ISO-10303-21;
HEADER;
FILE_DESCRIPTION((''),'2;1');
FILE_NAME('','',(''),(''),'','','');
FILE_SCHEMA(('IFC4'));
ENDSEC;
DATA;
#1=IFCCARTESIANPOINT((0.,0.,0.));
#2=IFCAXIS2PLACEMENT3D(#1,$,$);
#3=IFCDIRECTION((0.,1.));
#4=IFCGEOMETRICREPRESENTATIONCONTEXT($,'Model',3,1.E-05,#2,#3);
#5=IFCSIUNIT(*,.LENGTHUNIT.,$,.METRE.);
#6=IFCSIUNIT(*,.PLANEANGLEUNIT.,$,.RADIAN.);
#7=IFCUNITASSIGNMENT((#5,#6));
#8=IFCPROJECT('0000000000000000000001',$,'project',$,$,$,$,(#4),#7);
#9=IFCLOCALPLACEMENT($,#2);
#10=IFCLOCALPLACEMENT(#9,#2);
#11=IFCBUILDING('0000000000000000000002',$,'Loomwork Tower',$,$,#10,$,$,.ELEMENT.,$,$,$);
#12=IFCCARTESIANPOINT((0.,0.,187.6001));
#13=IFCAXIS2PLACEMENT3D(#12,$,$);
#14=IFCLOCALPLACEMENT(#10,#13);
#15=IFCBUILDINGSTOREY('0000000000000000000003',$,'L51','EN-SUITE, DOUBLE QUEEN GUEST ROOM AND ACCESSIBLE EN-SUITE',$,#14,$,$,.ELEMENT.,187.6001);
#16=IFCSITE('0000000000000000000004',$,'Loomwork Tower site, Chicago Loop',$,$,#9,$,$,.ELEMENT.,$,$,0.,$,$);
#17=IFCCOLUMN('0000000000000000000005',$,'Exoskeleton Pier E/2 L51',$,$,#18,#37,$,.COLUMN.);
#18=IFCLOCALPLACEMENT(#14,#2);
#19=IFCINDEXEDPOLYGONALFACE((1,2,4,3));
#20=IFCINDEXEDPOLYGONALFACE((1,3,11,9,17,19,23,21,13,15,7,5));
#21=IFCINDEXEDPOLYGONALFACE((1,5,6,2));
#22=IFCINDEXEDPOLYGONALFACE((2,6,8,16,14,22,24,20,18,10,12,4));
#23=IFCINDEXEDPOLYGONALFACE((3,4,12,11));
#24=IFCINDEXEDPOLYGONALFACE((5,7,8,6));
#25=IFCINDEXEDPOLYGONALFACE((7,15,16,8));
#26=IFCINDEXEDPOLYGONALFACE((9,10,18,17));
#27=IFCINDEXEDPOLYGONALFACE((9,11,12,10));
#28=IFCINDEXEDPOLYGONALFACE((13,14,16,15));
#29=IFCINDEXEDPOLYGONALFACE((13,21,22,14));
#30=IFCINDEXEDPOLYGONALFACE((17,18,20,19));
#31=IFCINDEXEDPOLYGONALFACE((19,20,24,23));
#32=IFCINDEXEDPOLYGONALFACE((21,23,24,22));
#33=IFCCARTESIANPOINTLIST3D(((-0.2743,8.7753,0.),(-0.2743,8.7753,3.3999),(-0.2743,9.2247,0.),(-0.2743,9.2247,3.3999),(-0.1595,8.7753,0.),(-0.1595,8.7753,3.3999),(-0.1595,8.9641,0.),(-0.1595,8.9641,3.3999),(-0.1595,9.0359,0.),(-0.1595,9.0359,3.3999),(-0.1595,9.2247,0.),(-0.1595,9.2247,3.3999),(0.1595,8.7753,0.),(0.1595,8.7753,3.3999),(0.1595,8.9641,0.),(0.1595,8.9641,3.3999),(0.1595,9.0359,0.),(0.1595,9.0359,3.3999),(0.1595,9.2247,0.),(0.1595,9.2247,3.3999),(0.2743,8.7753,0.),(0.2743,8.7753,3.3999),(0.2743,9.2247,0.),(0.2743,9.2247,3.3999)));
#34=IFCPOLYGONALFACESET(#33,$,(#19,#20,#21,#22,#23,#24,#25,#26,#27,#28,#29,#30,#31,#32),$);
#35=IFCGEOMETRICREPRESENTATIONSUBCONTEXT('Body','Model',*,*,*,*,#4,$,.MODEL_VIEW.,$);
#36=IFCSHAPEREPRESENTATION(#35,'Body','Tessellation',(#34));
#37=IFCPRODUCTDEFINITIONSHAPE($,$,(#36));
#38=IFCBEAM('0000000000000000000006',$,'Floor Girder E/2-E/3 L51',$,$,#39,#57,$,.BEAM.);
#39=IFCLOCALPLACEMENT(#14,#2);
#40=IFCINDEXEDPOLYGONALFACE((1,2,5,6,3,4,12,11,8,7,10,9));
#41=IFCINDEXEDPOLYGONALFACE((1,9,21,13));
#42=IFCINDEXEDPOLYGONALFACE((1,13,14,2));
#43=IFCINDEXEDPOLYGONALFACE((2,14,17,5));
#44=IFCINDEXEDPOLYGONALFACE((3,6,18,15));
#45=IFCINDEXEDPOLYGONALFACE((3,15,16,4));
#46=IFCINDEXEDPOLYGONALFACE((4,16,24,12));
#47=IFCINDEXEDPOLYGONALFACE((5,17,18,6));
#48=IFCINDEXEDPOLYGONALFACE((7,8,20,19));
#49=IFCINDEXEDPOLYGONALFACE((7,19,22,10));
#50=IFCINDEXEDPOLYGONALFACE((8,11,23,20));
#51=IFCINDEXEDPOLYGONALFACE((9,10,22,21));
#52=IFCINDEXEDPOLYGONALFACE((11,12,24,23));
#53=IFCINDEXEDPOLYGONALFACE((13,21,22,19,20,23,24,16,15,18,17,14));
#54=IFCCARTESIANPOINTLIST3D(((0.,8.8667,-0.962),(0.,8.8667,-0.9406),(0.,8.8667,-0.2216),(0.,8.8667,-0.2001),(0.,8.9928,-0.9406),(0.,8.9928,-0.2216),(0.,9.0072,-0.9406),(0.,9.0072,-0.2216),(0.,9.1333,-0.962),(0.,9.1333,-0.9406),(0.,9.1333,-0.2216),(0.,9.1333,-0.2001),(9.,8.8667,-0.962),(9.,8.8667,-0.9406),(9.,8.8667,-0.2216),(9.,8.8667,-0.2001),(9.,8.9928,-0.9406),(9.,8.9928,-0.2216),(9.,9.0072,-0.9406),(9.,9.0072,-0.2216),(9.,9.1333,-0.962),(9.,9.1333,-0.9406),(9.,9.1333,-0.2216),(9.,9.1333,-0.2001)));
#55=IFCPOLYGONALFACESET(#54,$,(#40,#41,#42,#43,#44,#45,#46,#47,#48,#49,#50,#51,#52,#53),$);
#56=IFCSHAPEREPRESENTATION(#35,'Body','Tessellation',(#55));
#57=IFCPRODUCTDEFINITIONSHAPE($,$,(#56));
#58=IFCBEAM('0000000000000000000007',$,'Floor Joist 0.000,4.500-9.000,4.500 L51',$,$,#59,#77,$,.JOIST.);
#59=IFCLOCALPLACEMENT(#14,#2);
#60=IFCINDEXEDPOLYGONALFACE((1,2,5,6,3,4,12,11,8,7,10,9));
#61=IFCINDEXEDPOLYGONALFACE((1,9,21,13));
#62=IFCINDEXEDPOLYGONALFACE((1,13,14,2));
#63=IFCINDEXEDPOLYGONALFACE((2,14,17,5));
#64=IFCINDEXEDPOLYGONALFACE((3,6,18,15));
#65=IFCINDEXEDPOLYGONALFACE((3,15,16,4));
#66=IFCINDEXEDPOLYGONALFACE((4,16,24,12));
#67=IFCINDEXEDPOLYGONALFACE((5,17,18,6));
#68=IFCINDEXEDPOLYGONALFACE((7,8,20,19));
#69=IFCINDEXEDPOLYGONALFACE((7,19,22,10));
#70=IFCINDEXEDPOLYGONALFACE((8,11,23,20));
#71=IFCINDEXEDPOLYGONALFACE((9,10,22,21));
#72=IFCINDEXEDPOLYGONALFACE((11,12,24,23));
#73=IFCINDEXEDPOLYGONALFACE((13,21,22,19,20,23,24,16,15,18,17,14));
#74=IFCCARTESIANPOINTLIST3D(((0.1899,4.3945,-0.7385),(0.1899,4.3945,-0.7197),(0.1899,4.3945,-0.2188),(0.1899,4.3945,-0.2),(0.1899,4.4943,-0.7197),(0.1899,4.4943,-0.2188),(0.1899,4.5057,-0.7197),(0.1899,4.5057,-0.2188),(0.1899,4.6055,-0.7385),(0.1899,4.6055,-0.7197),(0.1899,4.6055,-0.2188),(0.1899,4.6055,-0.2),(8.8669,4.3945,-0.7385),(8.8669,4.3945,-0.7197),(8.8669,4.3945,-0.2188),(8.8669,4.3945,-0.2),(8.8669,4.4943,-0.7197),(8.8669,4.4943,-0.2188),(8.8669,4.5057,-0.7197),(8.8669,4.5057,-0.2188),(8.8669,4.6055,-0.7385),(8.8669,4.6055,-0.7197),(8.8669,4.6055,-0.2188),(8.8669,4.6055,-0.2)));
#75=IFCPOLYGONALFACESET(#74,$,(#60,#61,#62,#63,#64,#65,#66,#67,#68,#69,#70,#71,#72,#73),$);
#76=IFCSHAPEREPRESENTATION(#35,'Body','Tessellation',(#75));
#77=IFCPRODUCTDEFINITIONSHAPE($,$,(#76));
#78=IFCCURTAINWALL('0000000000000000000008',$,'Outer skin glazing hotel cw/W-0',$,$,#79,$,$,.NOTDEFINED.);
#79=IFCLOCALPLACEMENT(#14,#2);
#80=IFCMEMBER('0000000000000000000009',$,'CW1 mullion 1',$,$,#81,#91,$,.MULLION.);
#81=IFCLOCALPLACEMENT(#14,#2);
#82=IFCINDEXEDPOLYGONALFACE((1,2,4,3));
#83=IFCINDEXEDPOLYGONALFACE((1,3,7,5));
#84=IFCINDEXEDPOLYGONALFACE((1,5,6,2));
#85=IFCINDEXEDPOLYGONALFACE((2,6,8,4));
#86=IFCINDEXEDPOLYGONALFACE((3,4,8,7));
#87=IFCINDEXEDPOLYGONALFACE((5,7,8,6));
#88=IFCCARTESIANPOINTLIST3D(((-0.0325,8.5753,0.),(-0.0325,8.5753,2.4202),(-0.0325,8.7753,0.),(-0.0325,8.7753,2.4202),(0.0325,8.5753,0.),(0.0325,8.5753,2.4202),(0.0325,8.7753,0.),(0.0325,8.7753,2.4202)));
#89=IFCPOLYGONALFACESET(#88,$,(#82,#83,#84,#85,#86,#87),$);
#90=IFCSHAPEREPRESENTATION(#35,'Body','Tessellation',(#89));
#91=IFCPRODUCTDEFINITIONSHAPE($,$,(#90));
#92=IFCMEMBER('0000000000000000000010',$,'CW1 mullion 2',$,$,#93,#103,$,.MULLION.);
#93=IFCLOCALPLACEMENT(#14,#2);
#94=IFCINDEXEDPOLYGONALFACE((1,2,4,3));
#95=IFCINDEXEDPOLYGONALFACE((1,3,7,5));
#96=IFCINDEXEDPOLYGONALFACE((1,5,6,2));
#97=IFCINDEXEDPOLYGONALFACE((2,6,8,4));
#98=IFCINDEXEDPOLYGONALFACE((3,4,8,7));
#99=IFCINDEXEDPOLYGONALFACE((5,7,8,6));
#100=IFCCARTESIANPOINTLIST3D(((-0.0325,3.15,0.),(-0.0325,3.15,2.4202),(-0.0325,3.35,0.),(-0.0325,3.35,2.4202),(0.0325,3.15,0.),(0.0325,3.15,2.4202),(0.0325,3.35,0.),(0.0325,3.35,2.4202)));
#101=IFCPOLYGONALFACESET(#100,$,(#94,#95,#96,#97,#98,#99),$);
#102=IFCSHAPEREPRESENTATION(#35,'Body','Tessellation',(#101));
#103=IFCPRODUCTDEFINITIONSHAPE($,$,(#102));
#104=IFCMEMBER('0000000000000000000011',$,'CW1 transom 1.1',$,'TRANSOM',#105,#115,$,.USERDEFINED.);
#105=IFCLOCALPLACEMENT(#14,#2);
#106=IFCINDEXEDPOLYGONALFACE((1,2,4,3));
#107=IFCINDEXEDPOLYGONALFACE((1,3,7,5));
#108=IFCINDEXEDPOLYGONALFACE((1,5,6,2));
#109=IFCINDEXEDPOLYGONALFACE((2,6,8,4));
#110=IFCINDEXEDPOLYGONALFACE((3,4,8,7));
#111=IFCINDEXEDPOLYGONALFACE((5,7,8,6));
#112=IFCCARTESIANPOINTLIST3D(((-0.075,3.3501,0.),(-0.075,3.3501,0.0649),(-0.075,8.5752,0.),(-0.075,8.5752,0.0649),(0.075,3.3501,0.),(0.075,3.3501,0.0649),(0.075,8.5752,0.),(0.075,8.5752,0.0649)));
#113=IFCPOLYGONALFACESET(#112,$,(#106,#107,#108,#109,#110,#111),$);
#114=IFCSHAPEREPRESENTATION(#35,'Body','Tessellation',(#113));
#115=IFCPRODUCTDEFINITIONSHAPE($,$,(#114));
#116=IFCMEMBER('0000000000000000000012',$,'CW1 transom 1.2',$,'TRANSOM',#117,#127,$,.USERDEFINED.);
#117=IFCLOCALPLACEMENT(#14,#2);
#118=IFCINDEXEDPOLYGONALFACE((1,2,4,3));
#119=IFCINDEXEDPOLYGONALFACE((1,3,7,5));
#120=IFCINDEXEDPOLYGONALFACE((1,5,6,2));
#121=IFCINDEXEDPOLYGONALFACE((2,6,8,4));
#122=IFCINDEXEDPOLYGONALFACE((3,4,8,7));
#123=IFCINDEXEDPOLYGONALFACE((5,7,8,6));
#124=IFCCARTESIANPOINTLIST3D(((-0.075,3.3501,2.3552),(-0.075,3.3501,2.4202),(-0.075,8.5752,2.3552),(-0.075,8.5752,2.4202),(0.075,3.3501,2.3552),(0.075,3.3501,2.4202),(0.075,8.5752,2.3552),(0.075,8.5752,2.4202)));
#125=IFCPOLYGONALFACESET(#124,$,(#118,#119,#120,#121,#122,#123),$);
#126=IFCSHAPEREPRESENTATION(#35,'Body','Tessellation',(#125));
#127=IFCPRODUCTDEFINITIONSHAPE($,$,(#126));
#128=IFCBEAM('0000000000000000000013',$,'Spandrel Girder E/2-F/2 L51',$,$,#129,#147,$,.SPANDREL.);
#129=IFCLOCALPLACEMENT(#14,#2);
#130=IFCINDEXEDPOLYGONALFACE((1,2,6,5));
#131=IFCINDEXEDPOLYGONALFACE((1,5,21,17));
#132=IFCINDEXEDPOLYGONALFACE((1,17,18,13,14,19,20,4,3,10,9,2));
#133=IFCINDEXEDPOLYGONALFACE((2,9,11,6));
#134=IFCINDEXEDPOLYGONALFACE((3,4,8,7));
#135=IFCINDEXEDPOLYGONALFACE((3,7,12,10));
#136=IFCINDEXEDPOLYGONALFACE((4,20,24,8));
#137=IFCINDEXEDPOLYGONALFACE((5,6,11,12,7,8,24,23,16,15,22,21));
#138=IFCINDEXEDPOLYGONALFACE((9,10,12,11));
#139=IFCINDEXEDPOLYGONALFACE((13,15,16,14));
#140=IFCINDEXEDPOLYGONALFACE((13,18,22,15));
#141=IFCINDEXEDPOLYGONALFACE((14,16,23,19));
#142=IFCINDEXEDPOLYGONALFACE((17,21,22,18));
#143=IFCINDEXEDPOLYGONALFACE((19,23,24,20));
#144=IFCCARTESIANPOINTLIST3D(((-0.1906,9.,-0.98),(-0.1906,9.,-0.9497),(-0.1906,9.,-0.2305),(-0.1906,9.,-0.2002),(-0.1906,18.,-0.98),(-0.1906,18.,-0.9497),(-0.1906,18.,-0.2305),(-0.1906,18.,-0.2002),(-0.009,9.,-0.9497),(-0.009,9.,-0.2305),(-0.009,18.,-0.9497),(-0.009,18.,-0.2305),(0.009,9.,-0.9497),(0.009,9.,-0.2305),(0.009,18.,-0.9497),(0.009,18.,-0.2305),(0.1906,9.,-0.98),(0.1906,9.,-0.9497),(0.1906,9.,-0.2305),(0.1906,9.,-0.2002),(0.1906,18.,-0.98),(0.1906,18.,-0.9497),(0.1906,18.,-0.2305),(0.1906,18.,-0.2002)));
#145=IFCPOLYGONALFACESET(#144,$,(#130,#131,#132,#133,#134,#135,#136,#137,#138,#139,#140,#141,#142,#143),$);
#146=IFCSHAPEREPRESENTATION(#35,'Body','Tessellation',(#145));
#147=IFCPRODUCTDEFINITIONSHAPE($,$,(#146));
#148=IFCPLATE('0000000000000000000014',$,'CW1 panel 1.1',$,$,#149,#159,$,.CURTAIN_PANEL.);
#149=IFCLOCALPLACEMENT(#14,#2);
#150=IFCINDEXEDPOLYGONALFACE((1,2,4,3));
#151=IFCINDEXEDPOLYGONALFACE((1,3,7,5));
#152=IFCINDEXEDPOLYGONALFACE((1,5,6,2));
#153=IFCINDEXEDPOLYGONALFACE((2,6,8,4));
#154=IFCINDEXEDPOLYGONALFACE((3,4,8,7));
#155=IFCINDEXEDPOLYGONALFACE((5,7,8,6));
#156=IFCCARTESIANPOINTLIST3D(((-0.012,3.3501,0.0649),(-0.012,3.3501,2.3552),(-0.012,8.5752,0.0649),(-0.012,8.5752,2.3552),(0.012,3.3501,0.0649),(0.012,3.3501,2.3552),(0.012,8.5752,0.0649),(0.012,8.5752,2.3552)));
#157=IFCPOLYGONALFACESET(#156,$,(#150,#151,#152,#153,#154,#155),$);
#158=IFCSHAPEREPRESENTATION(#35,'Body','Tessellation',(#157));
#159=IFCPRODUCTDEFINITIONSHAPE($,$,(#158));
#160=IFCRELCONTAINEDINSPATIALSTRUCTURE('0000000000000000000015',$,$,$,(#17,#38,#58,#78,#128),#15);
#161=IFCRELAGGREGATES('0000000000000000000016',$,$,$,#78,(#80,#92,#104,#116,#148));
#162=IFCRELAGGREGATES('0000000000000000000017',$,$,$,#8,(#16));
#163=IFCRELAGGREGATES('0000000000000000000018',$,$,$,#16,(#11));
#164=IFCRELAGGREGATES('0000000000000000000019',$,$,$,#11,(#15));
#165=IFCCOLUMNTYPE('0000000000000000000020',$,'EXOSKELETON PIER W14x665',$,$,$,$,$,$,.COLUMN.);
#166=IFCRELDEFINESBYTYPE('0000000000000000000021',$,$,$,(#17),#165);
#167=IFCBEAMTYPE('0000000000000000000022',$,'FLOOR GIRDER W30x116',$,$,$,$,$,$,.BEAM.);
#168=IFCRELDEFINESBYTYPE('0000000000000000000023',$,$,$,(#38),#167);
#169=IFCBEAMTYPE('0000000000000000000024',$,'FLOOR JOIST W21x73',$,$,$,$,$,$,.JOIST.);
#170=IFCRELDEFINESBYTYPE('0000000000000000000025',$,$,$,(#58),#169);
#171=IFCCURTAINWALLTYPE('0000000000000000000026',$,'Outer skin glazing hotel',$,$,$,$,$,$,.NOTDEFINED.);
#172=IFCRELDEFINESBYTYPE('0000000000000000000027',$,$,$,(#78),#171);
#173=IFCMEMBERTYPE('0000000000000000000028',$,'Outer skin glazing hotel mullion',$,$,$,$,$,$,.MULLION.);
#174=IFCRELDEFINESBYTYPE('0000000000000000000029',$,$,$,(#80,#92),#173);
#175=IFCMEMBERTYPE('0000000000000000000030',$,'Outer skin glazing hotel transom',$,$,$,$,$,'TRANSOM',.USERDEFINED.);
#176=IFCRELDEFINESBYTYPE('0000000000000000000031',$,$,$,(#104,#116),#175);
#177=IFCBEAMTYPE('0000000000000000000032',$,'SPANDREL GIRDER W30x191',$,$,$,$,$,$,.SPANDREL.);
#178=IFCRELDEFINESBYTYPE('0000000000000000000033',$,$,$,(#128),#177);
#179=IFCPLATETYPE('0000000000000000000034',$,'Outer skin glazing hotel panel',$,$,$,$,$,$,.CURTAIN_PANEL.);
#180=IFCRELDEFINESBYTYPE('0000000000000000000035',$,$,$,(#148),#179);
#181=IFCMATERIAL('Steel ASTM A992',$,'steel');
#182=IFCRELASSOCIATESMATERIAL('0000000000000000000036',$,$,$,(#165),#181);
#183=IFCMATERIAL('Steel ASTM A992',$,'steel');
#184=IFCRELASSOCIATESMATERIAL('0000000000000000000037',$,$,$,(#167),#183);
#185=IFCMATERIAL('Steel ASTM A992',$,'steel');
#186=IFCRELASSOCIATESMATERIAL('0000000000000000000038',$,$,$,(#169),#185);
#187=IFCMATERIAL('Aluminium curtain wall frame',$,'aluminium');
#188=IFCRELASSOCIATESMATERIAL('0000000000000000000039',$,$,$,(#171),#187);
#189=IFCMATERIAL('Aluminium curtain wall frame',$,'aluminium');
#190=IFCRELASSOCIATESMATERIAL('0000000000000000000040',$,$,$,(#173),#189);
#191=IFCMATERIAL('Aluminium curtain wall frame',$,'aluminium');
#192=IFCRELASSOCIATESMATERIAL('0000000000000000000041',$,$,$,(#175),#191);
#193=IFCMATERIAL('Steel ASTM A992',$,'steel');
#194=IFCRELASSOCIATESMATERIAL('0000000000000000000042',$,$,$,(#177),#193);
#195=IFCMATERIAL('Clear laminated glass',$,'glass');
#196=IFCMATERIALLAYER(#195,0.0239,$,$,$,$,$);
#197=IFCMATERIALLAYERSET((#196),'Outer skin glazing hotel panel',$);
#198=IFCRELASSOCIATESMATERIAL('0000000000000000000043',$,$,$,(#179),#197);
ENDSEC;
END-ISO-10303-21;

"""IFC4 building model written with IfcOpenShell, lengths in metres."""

from ifc_helpers import new_model, si_unit, direction, frame, origin, origin_2d, place, context, subcontext, project, spatial, rectangle, i_section, extrude, material, layer, layer_set, material_profile, profile_set, type_object, element, aggregate, save


model = new_model("IFC4")

# Units and contexts
model_context = context("Model", 3, precision=1e-05, world=origin(), true_north=direction((0.0, 1.0)))
body_context = subcontext(model_context, "Body", "Model", "MODEL_VIEW")
ifc_project = project(units=[si_unit("LENGTHUNIT", "METRE"), si_unit("PLANEANGLEUNIT", "RADIAN")], contexts=[model_context])

# Site, building, storey
site_placement = place(None, origin())
site = spatial("IfcSite", under=ifc_project, at=site_placement, Name="Loomwork Tower site, Chicago Loop", CompositionType="ELEMENT", RefElevation=0.0)
building_placement = place(site_placement, origin())
building = spatial("IfcBuilding", under=site, at=building_placement, Name="Loomwork Tower", CompositionType="ELEMENT")
storey_placement = place(building_placement, frame((0.0, 0.0, 187.6001)))
storey = spatial("IfcBuildingStorey", under=building, at=storey_placement, Name="L51", Description="EN-SUITE, DOUBLE QUEEN GUEST ROOM AND ACCESSIBLE EN-SUITE", CompositionType="ELEMENT", Elevation=187.6001)

# Column
ifc_material_1 = material(Name="Steel ASTM A992", Category="steel")
ifc_material_profile_1 = material_profile(ifc_material_1, i_section(OverallWidth=0.4495, OverallDepth=0.5486, WebThickness=0.0718, FlangeThickness=0.1147, at=origin_2d()), Name="W14x665")
ifc_profile_set_1 = profile_set([ifc_material_profile_1], Name="Steel ASTM A992")
column_type = type_object("IfcColumnType", Name="EXOSKELETON PIER W14x665", PredefinedType="COLUMN", material=ifc_profile_set_1)
column_placement = place(storey_placement, frame((0.0, 9.0, 0.0), z_axis=(0.0, 0.0, 1.0), x_axis=(0.0, 1.0, 0.0)))
element("IfcColumn", 1, at=column_placement, inside=storey, type_object=column_type, Name="Exoskeleton Pier E/2 L51", PredefinedType="COLUMN", context=body_context, shape_type="SweptSolid", body=[
    extrude(i_section(OverallWidth=0.4495, OverallDepth=0.5486, WebThickness=0.0718, FlangeThickness=0.1147, at=origin_2d()), origin(), (0.0, 0.0, 1.0), 3.3999),
])

# Beams
ifc_material_2 = material(Name="Steel ASTM A992", Category="steel")
ifc_material_profile_2 = material_profile(ifc_material_2, i_section(OverallWidth=0.2666, OverallDepth=0.762, WebThickness=0.0144, FlangeThickness=0.0215, at=origin_2d()), Name="W30x116")
ifc_profile_set_2 = profile_set([ifc_material_profile_2], Name="Steel ASTM A992")
beam_type_1 = type_object("IfcBeamType", Name="FLOOR GIRDER W30x116", PredefinedType="BEAM", material=ifc_profile_set_2)
beam_1_placement = place(storey_placement, frame((0.0, 9.0, -0.5811), z_axis=(1.0, 0.0, 0.0), x_axis=(0.0, 1.0, 0.0)))
element("IfcBeam", 2, at=beam_1_placement, inside=storey, type_object=beam_type_1, Name="Floor Girder E/2-E/3 L51", PredefinedType="BEAM", context=body_context, shape_type="SweptSolid", body=[
    extrude(i_section(OverallWidth=0.2666, OverallDepth=0.762, WebThickness=0.0144, FlangeThickness=0.0215, at=origin_2d()), origin(), (0.0, 0.0, 1.0), 9.0),
])
ifc_material_3 = material(Name="Steel ASTM A992", Category="steel")
ifc_material_profile_3 = material_profile(ifc_material_3, i_section(OverallWidth=0.2109, OverallDepth=0.5386, WebThickness=0.0115, FlangeThickness=0.0188, at=origin_2d()), Name="W21x73")
ifc_profile_set_3 = profile_set([ifc_material_profile_3], Name="Steel ASTM A992")
beam_type_2 = type_object("IfcBeamType", Name="FLOOR JOIST W21x73", PredefinedType="JOIST", material=ifc_profile_set_3)
beam_2_placement = place(storey_placement, frame((0.1899, 4.5, -0.4692), z_axis=(1.0, 0.0, 0.0), x_axis=(0.0, 1.0, 0.0)))
element("IfcBeam", 3, at=beam_2_placement, inside=storey, type_object=beam_type_2, Name="Floor Joist 0.000,4.500-9.000,4.500 L51", PredefinedType="JOIST", context=body_context, shape_type="SweptSolid", body=[
    extrude(i_section(OverallWidth=0.2109, OverallDepth=0.5386, WebThickness=0.0115, FlangeThickness=0.0188, at=origin_2d()), origin(), (0.0, 0.0, 1.0), 8.677),
])

# Curtain wall, members
ifc_material_4 = material(Name="Aluminium curtain wall frame", Category="aluminium")
curtain_wall_type = type_object("IfcCurtainWallType", Name="Outer skin glazing hotel", PredefinedType="NOTDEFINED", material=ifc_material_4)
curtain_wall_placement = place(storey_placement, origin())
curtain_wall = element("IfcCurtainWall", 4, at=curtain_wall_placement, inside=storey, type_object=curtain_wall_type, Name="Outer skin glazing hotel cw/W-0", PredefinedType="NOTDEFINED")
ifc_material_5 = material(Name="Aluminium curtain wall frame", Category="aluminium")
ifc_material_profile_4 = material_profile(ifc_material_5, rectangle(XDim=0.0649, YDim=0.2, at=origin_2d()), Name="AL 65x200")
ifc_profile_set_4 = profile_set([ifc_material_profile_4], Name="Aluminium curtain wall frame")
member_type_1 = type_object("IfcMemberType", Name="Outer skin glazing hotel mullion", PredefinedType="MULLION", material=ifc_profile_set_4)
member_1_placement = place(storey_placement, frame((0.0, 8.6753, 0.0), z_axis=(0.0, 0.0, 1.0), x_axis=(1.0, 0.0, 0.0)))
member_1 = element("IfcMember", 5, at=member_1_placement, type_object=member_type_1, Name="CW1 mullion 1", PredefinedType="MULLION", context=body_context, shape_type="SweptSolid", body=[
    extrude(rectangle(XDim=0.0649, YDim=0.2, at=origin_2d()), origin(), (0.0, 0.0, 1.0), 2.4202),
])
member_2_placement = place(storey_placement, frame((0.0, 3.25, 0.0), z_axis=(0.0, 0.0, 1.0), x_axis=(1.0, 0.0, 0.0)))
member_2 = element("IfcMember", 6, at=member_2_placement, type_object=member_type_1, Name="CW1 mullion 2", PredefinedType="MULLION", context=body_context, shape_type="SweptSolid", body=[
    extrude(rectangle(XDim=0.0649, YDim=0.2, at=origin_2d()), origin(), (0.0, 0.0, 1.0), 2.4202),
])
ifc_material_6 = material(Name="Aluminium curtain wall frame", Category="aluminium")
ifc_material_profile_5 = material_profile(ifc_material_6, rectangle(XDim=0.1499, YDim=0.0649, at=origin_2d()), Name="AL 65x150")
ifc_profile_set_5 = profile_set([ifc_material_profile_5], Name="Aluminium curtain wall frame")
member_type_2 = type_object("IfcMemberType", Name="Outer skin glazing hotel transom", ElementType="TRANSOM", PredefinedType="USERDEFINED", material=ifc_profile_set_5)
member_3_placement = place(storey_placement, frame((0.0, 8.5752, 0.0325), z_axis=(0.0, -1.0, 0.0), x_axis=(1.0, 0.0, 0.0)))
member_3 = element("IfcMember", 7, at=member_3_placement, type_object=member_type_2, Name="CW1 transom 1.1", ObjectType="TRANSOM", PredefinedType="USERDEFINED", context=body_context, shape_type="SweptSolid", body=[
    extrude(rectangle(XDim=0.1499, YDim=0.0649, at=origin_2d()), origin(), (0.0, 0.0, 1.0), 5.2251),
])
member_4_placement = place(storey_placement, frame((0.0, 8.5752, 2.3877), z_axis=(0.0, -1.0, 0.0), x_axis=(1.0, 0.0, 0.0)))
member_4 = element("IfcMember", 8, at=member_4_placement, type_object=member_type_2, Name="CW1 transom 1.2", ObjectType="TRANSOM", PredefinedType="USERDEFINED", context=body_context, shape_type="SweptSolid", body=[
    extrude(rectangle(XDim=0.1499, YDim=0.0649, at=origin_2d()), origin(), (0.0, 0.0, 1.0), 5.2251),
])

# Beam
ifc_material_7 = material(Name="Steel ASTM A992", Category="steel")
ifc_material_profile_6 = material_profile(ifc_material_7, i_section(OverallWidth=0.3811, OverallDepth=0.7798, WebThickness=0.0181, FlangeThickness=0.0303, at=origin_2d()), Name="W30x191")
ifc_profile_set_6 = profile_set([ifc_material_profile_6], Name="Steel ASTM A992")
beam_type_3 = type_object("IfcBeamType", Name="SPANDREL GIRDER W30x191", PredefinedType="SPANDREL", material=ifc_profile_set_6)
beam_3_placement = place(storey_placement, frame((0.0, 9.0, -0.5901), z_axis=(0.0, 1.0, 0.0), x_axis=(-1.0, 0.0, 0.0)))
element("IfcBeam", 9, at=beam_3_placement, inside=storey, type_object=beam_type_3, Name="Spandrel Girder E/2-F/2 L51", PredefinedType="SPANDREL", context=body_context, shape_type="SweptSolid", body=[
    extrude(i_section(OverallWidth=0.3811, OverallDepth=0.7798, WebThickness=0.0181, FlangeThickness=0.0303, at=origin_2d()), origin(), (0.0, 0.0, 1.0), 9.0),
])

# Plate
ifc_material_8 = material(Name="Clear laminated glass", Category="glass")
ifc_layer_1 = layer(ifc_material_8, 0.0239)
ifc_layer_set_1 = layer_set([ifc_layer_1], Name="Outer skin glazing hotel panel")
plate_type = type_object("IfcPlateType", Name="Outer skin glazing hotel panel", PredefinedType="CURTAIN_PANEL", material=ifc_layer_set_1)
plate_placement = place(storey_placement, frame((0.0, 5.9626, 0.0649), z_axis=(0.0, 0.0, 1.0), x_axis=(0.0, -1.0, 0.0)))
plate = element("IfcPlate", 10, at=plate_placement, type_object=plate_type, Name="CW1 panel 1.1", PredefinedType="CURTAIN_PANEL", context=body_context, shape_type="SweptSolid", body=[
    extrude(rectangle(XDim=5.2251, YDim=0.0239, at=origin_2d()), origin(), (0.0, 0.0, 1.0), 2.2903),
])
aggregate(curtain_wall, [member_1, member_2, member_3, member_4, plate])

save(model, "model.ifc")
